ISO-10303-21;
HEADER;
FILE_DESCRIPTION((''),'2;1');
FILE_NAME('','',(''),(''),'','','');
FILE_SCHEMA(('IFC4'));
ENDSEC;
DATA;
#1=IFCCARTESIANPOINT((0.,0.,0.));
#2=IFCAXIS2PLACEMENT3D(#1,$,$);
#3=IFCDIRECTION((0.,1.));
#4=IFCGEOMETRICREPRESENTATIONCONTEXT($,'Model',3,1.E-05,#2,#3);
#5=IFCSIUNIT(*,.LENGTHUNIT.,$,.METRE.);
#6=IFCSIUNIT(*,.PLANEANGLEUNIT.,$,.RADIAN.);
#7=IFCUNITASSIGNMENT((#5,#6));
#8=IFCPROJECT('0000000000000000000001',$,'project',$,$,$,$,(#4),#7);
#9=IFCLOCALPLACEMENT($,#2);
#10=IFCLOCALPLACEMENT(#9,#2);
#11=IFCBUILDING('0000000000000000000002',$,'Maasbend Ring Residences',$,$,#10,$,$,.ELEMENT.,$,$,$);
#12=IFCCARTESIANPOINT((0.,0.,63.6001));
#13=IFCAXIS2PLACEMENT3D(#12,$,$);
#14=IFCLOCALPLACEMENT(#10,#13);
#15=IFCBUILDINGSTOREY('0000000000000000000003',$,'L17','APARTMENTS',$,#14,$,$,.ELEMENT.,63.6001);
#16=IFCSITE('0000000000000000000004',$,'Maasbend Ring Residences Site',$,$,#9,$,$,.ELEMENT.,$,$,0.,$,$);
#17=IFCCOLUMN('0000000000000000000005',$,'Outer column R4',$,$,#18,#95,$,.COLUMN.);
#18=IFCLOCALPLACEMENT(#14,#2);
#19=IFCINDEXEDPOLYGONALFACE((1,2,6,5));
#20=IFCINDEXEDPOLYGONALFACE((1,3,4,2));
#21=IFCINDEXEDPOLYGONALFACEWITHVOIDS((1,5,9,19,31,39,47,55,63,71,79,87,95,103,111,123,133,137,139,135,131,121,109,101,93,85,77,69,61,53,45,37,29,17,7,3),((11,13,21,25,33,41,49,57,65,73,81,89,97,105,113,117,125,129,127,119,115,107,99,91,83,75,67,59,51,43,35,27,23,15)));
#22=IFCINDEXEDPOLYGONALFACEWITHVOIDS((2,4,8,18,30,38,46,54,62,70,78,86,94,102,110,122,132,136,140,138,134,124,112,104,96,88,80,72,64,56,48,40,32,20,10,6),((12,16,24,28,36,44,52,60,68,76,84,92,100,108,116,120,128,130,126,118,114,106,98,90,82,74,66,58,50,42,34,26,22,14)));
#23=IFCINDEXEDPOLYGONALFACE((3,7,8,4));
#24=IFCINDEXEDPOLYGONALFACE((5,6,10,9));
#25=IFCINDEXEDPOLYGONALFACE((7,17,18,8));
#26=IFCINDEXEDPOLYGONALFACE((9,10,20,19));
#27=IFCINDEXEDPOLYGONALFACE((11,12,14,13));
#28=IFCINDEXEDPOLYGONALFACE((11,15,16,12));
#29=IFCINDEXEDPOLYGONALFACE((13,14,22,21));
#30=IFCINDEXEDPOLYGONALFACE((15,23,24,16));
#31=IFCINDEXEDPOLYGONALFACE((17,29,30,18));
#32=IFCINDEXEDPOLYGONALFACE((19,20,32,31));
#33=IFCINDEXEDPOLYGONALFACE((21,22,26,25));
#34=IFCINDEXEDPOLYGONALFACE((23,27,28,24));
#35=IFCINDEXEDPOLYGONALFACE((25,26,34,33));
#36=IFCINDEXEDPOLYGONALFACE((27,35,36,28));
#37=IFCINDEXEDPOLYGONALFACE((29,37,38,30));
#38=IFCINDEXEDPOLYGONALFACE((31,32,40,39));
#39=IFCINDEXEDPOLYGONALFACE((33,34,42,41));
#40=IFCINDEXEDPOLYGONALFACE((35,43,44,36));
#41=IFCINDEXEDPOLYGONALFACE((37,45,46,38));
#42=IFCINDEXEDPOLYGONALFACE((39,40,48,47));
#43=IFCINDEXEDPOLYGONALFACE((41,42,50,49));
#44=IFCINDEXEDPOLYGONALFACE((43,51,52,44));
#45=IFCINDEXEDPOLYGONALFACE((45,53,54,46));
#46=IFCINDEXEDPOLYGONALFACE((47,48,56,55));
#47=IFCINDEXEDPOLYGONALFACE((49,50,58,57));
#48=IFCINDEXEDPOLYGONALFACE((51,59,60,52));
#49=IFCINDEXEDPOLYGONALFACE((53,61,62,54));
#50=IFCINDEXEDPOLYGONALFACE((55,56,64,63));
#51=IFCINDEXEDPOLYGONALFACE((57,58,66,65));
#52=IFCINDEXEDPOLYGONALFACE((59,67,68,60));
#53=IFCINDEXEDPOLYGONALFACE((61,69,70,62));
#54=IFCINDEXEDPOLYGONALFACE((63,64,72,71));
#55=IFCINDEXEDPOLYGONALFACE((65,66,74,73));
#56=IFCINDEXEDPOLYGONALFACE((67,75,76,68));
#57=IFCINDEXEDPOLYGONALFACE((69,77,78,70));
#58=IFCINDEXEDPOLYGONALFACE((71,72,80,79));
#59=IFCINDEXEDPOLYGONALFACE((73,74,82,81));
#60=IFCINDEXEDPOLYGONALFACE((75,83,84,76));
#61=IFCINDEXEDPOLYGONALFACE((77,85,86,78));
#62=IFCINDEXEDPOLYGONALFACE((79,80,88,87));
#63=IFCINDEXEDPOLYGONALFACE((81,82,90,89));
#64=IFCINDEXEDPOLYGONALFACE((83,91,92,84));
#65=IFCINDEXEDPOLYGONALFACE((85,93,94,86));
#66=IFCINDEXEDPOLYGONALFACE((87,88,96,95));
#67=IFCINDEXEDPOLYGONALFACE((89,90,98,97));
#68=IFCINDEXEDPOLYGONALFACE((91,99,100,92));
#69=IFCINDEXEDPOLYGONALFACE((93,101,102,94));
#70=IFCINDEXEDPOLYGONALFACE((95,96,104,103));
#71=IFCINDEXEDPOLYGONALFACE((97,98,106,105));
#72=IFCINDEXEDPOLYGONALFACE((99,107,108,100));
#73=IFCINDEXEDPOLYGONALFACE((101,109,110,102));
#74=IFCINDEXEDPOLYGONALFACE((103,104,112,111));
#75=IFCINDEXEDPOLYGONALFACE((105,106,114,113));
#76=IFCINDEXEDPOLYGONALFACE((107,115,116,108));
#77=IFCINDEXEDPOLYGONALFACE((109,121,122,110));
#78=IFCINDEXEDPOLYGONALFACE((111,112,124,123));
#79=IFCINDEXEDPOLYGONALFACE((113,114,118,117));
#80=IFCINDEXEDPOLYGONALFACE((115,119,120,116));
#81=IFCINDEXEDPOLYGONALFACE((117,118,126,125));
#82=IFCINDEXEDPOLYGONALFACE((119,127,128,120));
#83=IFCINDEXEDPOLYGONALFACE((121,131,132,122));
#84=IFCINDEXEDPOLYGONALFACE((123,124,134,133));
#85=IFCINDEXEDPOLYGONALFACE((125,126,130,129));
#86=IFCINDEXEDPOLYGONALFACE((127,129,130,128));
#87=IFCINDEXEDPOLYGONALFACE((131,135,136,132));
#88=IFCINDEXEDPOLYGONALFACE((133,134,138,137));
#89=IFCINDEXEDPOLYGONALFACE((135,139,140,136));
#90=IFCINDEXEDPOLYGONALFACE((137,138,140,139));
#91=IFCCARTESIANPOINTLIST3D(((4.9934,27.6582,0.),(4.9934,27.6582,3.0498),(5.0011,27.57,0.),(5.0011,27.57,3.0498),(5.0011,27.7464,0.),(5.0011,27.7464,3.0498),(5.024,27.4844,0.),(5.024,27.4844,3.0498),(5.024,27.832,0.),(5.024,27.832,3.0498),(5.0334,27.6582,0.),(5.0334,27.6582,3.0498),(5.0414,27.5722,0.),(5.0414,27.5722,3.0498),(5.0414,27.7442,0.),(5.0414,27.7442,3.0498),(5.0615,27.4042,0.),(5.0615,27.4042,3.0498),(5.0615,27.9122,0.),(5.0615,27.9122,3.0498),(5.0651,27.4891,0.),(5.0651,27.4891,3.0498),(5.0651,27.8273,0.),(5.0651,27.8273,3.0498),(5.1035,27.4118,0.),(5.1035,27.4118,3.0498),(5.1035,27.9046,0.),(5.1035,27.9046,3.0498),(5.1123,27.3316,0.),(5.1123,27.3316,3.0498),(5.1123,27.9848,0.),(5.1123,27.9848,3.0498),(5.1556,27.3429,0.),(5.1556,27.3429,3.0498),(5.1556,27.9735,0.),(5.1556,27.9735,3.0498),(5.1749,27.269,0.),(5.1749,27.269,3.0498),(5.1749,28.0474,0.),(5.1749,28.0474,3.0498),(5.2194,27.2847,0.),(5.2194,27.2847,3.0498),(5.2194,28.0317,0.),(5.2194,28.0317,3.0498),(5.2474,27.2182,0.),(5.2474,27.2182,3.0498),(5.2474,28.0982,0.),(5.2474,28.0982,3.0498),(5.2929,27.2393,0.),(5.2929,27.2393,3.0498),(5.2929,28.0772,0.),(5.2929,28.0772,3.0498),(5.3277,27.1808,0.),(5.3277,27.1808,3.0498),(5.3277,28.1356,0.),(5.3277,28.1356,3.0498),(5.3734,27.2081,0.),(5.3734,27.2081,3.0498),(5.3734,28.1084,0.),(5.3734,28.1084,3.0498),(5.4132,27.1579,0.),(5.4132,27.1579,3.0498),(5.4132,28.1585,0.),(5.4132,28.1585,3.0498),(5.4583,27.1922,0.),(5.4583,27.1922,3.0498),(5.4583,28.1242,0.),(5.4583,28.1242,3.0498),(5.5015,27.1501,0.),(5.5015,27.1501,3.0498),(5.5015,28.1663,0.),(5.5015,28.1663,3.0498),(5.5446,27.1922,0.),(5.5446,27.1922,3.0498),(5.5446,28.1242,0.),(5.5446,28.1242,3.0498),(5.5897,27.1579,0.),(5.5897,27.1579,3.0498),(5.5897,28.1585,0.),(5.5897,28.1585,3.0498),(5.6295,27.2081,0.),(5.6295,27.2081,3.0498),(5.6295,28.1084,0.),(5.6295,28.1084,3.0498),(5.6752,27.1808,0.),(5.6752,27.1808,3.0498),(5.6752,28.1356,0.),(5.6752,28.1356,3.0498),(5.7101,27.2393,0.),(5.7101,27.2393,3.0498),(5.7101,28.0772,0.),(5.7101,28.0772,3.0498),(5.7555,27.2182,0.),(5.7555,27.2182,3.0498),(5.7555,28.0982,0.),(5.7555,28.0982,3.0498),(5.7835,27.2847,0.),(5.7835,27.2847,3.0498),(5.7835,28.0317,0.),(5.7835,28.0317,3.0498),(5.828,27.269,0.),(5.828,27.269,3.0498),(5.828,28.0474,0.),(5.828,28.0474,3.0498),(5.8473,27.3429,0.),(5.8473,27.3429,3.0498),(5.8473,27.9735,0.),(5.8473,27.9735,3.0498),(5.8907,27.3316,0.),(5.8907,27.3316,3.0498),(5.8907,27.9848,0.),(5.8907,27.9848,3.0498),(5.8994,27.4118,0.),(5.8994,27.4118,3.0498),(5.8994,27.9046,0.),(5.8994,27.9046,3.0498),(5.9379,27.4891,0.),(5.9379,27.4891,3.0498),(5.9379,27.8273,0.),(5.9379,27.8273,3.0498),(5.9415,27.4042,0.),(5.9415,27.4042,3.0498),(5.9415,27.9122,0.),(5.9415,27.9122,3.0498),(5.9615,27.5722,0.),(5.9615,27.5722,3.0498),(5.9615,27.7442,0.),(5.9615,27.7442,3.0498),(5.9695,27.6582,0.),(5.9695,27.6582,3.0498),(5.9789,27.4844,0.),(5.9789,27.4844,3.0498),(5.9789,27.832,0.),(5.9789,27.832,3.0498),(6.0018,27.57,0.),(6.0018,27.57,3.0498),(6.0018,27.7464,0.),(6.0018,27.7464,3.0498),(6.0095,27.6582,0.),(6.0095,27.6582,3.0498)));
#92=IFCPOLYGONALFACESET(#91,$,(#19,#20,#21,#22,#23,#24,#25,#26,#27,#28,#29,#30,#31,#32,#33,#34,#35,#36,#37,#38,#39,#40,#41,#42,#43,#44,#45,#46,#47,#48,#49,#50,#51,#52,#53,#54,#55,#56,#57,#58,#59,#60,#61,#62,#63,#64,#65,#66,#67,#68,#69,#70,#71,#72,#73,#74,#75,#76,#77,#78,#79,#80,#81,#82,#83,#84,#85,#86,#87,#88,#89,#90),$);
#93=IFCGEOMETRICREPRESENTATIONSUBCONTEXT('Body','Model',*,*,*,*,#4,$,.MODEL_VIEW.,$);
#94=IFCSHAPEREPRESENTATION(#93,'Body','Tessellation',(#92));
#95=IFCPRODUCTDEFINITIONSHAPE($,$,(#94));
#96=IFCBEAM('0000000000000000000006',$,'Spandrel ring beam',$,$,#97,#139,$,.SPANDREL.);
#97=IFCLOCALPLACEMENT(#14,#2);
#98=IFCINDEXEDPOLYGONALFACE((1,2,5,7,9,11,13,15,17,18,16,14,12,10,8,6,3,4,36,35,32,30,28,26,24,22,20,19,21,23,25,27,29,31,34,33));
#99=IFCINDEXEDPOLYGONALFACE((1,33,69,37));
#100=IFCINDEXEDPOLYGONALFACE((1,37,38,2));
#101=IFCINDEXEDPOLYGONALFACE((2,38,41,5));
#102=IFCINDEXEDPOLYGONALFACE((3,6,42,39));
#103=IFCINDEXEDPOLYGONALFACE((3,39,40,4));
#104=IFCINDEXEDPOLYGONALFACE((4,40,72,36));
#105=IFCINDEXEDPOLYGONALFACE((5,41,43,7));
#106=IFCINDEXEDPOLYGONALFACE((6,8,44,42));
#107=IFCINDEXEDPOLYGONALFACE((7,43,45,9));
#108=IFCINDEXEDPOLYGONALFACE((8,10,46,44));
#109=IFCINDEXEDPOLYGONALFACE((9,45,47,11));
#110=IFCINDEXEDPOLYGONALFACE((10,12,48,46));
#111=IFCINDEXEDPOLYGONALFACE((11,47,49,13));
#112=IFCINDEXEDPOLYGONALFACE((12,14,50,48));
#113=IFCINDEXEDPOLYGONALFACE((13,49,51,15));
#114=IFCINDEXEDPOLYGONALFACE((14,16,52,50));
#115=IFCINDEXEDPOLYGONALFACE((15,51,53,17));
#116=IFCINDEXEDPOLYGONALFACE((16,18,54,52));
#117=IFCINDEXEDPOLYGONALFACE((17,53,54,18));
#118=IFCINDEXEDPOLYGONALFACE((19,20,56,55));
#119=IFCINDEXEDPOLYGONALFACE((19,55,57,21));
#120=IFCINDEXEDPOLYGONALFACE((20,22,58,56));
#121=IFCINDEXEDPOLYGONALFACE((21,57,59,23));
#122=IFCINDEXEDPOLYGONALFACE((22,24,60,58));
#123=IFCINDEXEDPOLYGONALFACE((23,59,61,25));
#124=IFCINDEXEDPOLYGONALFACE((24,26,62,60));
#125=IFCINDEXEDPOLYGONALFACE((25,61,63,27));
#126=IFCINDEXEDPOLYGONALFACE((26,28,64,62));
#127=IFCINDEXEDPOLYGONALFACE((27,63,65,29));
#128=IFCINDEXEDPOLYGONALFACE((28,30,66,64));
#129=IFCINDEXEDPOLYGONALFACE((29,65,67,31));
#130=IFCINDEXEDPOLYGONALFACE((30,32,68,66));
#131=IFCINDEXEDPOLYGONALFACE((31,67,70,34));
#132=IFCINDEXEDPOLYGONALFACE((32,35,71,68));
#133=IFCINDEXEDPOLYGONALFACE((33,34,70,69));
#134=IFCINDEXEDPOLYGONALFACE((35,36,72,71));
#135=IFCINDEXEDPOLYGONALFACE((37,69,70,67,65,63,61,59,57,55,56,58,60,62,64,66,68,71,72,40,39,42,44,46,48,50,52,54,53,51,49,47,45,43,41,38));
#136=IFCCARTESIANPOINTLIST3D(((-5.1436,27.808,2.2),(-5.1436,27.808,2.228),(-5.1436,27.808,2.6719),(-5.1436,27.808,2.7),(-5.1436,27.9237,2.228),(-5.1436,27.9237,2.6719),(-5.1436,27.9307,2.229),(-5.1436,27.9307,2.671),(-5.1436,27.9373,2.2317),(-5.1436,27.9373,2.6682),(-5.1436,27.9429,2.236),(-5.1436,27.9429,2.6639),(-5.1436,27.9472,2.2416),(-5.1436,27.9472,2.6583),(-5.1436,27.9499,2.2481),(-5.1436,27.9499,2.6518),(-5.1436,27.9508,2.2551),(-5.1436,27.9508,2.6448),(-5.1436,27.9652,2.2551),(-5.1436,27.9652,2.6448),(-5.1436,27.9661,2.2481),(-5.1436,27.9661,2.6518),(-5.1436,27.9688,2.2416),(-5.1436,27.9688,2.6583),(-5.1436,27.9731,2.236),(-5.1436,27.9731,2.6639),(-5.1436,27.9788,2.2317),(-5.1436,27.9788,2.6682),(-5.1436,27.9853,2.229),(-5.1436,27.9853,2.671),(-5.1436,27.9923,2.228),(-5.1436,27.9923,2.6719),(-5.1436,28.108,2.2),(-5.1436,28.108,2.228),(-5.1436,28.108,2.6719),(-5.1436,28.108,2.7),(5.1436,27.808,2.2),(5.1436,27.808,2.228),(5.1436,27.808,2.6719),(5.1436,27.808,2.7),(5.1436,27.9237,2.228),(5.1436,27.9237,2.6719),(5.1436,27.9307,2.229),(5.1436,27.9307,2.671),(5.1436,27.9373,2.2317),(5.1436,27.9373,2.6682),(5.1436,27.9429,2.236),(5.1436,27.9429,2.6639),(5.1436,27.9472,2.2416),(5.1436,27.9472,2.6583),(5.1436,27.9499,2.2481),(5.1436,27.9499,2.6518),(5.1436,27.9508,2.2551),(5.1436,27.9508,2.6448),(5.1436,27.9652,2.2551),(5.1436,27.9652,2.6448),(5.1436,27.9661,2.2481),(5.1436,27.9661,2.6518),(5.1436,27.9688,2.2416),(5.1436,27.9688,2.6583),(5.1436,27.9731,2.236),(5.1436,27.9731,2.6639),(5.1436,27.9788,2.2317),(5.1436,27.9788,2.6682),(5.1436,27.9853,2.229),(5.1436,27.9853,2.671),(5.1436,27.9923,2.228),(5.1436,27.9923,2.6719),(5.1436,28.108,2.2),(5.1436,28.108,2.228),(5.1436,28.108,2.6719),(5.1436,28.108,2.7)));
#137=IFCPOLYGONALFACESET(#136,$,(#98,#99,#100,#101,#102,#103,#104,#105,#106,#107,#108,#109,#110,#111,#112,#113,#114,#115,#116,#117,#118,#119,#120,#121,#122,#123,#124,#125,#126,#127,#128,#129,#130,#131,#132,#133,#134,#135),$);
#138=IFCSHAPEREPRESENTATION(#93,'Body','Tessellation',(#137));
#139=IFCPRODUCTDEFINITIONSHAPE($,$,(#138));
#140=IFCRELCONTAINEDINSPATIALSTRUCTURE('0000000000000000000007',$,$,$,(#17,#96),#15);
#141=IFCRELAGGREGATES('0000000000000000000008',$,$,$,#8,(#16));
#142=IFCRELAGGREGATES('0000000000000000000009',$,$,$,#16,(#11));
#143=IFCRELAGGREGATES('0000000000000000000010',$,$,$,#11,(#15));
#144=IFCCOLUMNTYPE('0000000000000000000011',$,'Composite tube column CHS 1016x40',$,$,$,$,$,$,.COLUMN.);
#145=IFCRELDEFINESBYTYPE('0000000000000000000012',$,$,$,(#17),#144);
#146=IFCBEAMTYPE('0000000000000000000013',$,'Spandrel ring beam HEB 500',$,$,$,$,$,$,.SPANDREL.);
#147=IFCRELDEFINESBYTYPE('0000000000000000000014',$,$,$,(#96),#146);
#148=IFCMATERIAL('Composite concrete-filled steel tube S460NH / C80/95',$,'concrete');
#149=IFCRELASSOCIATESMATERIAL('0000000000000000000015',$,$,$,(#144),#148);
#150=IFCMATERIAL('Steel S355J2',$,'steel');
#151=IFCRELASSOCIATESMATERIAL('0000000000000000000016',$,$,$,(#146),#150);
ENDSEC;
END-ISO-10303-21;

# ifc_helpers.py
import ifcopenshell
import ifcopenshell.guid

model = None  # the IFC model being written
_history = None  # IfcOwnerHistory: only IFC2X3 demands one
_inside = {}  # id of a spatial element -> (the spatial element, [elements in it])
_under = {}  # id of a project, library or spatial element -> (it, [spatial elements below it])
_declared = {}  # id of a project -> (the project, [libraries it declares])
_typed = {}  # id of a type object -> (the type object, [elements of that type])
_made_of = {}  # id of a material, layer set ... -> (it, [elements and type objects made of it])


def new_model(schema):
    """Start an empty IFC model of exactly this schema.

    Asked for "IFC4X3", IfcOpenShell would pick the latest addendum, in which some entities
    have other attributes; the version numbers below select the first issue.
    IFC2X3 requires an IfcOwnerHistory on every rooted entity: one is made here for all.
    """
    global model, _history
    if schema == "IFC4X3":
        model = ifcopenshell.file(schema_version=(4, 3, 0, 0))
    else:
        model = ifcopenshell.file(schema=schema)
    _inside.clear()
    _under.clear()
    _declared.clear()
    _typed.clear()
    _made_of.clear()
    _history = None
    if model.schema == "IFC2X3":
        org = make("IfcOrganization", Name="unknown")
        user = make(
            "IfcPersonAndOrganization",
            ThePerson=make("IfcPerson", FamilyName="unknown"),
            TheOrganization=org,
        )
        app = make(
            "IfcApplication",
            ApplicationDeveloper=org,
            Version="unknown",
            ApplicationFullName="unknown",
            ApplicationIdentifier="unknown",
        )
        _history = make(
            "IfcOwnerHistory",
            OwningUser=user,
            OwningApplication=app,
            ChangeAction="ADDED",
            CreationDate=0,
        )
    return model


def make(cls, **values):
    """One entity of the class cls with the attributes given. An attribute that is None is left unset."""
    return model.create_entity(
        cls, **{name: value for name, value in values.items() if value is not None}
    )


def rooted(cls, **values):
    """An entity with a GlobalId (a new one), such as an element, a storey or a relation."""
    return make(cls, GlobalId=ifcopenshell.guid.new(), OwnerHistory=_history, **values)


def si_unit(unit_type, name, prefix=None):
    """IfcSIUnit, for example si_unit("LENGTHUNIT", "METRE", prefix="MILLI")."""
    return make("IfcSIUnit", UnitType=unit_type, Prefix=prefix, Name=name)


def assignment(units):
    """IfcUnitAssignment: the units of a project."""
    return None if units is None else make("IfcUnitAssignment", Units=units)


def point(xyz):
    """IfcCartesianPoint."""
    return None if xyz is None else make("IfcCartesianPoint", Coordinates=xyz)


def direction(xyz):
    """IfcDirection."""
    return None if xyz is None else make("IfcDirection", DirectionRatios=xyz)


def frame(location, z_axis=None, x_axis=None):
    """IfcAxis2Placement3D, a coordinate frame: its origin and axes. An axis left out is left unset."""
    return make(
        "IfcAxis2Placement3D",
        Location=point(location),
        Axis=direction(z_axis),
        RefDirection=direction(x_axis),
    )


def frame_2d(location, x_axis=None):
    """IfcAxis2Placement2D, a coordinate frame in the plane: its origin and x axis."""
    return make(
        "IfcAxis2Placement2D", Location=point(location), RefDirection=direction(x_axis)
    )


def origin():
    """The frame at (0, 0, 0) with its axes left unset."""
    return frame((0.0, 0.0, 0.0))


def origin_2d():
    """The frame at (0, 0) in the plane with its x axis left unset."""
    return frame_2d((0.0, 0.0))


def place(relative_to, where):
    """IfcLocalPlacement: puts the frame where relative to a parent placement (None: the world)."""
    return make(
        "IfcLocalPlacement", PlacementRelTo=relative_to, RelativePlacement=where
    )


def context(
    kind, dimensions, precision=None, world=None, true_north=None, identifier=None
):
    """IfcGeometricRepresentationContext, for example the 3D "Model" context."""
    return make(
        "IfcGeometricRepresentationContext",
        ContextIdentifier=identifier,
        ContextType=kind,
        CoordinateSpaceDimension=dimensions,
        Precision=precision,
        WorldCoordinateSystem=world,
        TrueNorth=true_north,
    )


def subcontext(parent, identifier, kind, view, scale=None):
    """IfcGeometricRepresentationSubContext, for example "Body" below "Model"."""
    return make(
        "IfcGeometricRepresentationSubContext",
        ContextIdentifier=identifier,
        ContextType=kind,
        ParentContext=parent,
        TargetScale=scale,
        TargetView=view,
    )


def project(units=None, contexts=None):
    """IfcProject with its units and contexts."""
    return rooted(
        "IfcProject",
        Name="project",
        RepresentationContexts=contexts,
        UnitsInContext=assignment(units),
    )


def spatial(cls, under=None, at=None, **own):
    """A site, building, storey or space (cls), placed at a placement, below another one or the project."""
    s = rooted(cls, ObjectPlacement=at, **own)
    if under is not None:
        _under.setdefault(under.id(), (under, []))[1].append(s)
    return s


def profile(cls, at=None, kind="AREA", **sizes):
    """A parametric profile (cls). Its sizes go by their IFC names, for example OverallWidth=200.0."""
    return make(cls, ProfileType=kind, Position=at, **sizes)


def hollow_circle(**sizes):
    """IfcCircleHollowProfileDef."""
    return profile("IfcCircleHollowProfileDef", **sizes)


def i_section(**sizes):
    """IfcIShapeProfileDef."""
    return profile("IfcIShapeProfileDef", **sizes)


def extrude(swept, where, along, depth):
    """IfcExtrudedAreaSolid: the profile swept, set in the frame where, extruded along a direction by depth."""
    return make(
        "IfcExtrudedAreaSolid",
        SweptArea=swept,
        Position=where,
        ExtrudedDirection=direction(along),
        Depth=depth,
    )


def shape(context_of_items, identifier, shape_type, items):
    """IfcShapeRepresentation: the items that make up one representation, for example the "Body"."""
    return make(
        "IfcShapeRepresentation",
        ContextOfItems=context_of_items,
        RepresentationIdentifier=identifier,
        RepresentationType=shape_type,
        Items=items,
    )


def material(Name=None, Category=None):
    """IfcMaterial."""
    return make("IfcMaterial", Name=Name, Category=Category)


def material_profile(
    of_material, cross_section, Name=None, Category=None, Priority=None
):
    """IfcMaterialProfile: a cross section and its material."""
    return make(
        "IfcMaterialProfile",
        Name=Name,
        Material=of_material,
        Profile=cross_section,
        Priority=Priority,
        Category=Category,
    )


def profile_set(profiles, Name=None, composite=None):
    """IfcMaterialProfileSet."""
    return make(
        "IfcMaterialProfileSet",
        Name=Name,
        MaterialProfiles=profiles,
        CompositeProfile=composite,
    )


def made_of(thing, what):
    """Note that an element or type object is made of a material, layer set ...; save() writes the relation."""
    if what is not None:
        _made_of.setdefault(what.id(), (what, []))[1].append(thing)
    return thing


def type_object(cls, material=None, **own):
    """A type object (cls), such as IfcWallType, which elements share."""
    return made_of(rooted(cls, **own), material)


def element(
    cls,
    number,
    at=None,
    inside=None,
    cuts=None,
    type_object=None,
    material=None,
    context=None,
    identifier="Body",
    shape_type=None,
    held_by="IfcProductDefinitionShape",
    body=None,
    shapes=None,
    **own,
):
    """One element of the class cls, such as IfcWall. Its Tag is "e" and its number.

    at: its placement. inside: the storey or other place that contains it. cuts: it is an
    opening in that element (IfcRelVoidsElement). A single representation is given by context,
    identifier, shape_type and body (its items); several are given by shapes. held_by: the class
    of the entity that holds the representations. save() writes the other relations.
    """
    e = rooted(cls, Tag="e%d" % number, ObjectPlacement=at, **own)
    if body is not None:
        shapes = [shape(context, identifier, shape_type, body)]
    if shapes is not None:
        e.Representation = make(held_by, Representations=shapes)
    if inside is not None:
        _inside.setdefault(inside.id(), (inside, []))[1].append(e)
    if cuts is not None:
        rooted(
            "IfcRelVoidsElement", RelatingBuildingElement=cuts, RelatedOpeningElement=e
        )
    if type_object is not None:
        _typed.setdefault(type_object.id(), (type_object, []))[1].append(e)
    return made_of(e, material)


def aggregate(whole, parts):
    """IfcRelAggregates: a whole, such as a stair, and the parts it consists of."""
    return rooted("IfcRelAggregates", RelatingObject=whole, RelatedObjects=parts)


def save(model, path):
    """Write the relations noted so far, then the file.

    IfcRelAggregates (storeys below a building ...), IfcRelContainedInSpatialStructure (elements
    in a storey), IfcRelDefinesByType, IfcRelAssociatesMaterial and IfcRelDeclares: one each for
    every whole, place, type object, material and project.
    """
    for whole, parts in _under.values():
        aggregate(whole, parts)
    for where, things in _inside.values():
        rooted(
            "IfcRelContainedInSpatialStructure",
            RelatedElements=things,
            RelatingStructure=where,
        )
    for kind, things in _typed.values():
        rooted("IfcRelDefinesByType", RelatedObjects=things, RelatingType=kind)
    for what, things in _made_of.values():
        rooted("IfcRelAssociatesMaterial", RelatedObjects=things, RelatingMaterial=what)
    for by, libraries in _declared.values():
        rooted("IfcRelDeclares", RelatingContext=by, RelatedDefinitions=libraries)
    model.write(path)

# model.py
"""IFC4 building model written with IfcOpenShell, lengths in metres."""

from ifc_helpers import new_model, si_unit, direction, frame, origin, origin_2d, place, context, subcontext, project, spatial, hollow_circle, i_section, extrude, material, material_profile, profile_set, type_object, element, save


model = new_model("IFC4")

# Units and contexts
model_context = context("Model", 3, precision=1e-05, world=origin(), true_north=direction((0.0, 1.0)))
body_context = subcontext(model_context, "Body", "Model", "MODEL_VIEW")
ifc_project = project(units=[si_unit("LENGTHUNIT", "METRE"), si_unit("PLANEANGLEUNIT", "RADIAN")], contexts=[model_context])

# Site, building, storey
site_placement = place(None, origin())
site = spatial("IfcSite", under=ifc_project, at=site_placement, Name="Maasbend Ring Residences Site", CompositionType="ELEMENT", RefElevation=0.0)
building_placement = place(site_placement, origin())
building = spatial("IfcBuilding", under=site, at=building_placement, Name="Maasbend Ring Residences", CompositionType="ELEMENT")
storey_placement = place(building_placement, frame((0.0, 0.0, 63.6001)))
storey = spatial("IfcBuildingStorey", under=building, at=storey_placement, Name="L17", Description="APARTMENTS", CompositionType="ELEMENT", Elevation=63.6001)

# Column
ifc_material_1 = material(Name="Composite concrete-filled steel tube S460NH / C80/95", Category="concrete")
ifc_material_profile_1 = material_profile(ifc_material_1, hollow_circle(Radius=0.5081, WallThickness=0.04, at=origin_2d()), Name="Composite tube column CHS 1016x40")
ifc_profile_set_1 = profile_set([ifc_material_profile_1], Name="Composite concrete-filled steel tube S460NH / C80/95")
column_type = type_object("IfcColumnType", Name="Composite tube column CHS 1016x40", PredefinedType="COLUMN", material=ifc_profile_set_1)
column_placement = place(storey_placement, frame((5.5015, 27.6582, 0.0), z_axis=(0.0, 0.0, 1.0), x_axis=(1.0, 0.0, 0.0)))
element("IfcColumn", 1, at=column_placement, inside=storey, type_object=column_type, Name="Outer column R4", PredefinedType="COLUMN", context=body_context, shape_type="SweptSolid", body=[
    extrude(hollow_circle(Radius=0.5081, WallThickness=0.04, at=origin_2d()), origin(), (0.0, 0.0, 1.0), 3.0498),
])

# Beam
ifc_material_2 = material(Name="Steel S355J2", Category="steel")
ifc_material_profile_2 = material_profile(ifc_material_2, i_section(OverallWidth=0.3, OverallDepth=0.5, WebThickness=0.0144, FlangeThickness=0.0281, FilletRadius=0.0271, at=origin_2d()), Name="HEB 500")
ifc_profile_set_2 = profile_set([ifc_material_profile_2], Name="Steel S355J2")
beam_type = type_object("IfcBeamType", Name="Spandrel ring beam HEB 500", PredefinedType="SPANDREL", material=ifc_profile_set_2)
beam_placement = place(storey_placement, frame((5.1436, 27.958, 2.45), z_axis=(-1.0, 0.0, 0.0), x_axis=(0.0, -1.0, 0.0)))
element("IfcBeam", 2, at=beam_placement, inside=storey, type_object=beam_type, Name="Spandrel ring beam", PredefinedType="SPANDREL", context=body_context, shape_type="SweptSolid", body=[
    extrude(i_section(OverallWidth=0.3, OverallDepth=0.5, WebThickness=0.0144, FlangeThickness=0.0281, FilletRadius=0.0271, at=origin_2d()), origin(), (0.0, 0.0, 1.0), 10.2871),
])

save(model, "model.ifc")
